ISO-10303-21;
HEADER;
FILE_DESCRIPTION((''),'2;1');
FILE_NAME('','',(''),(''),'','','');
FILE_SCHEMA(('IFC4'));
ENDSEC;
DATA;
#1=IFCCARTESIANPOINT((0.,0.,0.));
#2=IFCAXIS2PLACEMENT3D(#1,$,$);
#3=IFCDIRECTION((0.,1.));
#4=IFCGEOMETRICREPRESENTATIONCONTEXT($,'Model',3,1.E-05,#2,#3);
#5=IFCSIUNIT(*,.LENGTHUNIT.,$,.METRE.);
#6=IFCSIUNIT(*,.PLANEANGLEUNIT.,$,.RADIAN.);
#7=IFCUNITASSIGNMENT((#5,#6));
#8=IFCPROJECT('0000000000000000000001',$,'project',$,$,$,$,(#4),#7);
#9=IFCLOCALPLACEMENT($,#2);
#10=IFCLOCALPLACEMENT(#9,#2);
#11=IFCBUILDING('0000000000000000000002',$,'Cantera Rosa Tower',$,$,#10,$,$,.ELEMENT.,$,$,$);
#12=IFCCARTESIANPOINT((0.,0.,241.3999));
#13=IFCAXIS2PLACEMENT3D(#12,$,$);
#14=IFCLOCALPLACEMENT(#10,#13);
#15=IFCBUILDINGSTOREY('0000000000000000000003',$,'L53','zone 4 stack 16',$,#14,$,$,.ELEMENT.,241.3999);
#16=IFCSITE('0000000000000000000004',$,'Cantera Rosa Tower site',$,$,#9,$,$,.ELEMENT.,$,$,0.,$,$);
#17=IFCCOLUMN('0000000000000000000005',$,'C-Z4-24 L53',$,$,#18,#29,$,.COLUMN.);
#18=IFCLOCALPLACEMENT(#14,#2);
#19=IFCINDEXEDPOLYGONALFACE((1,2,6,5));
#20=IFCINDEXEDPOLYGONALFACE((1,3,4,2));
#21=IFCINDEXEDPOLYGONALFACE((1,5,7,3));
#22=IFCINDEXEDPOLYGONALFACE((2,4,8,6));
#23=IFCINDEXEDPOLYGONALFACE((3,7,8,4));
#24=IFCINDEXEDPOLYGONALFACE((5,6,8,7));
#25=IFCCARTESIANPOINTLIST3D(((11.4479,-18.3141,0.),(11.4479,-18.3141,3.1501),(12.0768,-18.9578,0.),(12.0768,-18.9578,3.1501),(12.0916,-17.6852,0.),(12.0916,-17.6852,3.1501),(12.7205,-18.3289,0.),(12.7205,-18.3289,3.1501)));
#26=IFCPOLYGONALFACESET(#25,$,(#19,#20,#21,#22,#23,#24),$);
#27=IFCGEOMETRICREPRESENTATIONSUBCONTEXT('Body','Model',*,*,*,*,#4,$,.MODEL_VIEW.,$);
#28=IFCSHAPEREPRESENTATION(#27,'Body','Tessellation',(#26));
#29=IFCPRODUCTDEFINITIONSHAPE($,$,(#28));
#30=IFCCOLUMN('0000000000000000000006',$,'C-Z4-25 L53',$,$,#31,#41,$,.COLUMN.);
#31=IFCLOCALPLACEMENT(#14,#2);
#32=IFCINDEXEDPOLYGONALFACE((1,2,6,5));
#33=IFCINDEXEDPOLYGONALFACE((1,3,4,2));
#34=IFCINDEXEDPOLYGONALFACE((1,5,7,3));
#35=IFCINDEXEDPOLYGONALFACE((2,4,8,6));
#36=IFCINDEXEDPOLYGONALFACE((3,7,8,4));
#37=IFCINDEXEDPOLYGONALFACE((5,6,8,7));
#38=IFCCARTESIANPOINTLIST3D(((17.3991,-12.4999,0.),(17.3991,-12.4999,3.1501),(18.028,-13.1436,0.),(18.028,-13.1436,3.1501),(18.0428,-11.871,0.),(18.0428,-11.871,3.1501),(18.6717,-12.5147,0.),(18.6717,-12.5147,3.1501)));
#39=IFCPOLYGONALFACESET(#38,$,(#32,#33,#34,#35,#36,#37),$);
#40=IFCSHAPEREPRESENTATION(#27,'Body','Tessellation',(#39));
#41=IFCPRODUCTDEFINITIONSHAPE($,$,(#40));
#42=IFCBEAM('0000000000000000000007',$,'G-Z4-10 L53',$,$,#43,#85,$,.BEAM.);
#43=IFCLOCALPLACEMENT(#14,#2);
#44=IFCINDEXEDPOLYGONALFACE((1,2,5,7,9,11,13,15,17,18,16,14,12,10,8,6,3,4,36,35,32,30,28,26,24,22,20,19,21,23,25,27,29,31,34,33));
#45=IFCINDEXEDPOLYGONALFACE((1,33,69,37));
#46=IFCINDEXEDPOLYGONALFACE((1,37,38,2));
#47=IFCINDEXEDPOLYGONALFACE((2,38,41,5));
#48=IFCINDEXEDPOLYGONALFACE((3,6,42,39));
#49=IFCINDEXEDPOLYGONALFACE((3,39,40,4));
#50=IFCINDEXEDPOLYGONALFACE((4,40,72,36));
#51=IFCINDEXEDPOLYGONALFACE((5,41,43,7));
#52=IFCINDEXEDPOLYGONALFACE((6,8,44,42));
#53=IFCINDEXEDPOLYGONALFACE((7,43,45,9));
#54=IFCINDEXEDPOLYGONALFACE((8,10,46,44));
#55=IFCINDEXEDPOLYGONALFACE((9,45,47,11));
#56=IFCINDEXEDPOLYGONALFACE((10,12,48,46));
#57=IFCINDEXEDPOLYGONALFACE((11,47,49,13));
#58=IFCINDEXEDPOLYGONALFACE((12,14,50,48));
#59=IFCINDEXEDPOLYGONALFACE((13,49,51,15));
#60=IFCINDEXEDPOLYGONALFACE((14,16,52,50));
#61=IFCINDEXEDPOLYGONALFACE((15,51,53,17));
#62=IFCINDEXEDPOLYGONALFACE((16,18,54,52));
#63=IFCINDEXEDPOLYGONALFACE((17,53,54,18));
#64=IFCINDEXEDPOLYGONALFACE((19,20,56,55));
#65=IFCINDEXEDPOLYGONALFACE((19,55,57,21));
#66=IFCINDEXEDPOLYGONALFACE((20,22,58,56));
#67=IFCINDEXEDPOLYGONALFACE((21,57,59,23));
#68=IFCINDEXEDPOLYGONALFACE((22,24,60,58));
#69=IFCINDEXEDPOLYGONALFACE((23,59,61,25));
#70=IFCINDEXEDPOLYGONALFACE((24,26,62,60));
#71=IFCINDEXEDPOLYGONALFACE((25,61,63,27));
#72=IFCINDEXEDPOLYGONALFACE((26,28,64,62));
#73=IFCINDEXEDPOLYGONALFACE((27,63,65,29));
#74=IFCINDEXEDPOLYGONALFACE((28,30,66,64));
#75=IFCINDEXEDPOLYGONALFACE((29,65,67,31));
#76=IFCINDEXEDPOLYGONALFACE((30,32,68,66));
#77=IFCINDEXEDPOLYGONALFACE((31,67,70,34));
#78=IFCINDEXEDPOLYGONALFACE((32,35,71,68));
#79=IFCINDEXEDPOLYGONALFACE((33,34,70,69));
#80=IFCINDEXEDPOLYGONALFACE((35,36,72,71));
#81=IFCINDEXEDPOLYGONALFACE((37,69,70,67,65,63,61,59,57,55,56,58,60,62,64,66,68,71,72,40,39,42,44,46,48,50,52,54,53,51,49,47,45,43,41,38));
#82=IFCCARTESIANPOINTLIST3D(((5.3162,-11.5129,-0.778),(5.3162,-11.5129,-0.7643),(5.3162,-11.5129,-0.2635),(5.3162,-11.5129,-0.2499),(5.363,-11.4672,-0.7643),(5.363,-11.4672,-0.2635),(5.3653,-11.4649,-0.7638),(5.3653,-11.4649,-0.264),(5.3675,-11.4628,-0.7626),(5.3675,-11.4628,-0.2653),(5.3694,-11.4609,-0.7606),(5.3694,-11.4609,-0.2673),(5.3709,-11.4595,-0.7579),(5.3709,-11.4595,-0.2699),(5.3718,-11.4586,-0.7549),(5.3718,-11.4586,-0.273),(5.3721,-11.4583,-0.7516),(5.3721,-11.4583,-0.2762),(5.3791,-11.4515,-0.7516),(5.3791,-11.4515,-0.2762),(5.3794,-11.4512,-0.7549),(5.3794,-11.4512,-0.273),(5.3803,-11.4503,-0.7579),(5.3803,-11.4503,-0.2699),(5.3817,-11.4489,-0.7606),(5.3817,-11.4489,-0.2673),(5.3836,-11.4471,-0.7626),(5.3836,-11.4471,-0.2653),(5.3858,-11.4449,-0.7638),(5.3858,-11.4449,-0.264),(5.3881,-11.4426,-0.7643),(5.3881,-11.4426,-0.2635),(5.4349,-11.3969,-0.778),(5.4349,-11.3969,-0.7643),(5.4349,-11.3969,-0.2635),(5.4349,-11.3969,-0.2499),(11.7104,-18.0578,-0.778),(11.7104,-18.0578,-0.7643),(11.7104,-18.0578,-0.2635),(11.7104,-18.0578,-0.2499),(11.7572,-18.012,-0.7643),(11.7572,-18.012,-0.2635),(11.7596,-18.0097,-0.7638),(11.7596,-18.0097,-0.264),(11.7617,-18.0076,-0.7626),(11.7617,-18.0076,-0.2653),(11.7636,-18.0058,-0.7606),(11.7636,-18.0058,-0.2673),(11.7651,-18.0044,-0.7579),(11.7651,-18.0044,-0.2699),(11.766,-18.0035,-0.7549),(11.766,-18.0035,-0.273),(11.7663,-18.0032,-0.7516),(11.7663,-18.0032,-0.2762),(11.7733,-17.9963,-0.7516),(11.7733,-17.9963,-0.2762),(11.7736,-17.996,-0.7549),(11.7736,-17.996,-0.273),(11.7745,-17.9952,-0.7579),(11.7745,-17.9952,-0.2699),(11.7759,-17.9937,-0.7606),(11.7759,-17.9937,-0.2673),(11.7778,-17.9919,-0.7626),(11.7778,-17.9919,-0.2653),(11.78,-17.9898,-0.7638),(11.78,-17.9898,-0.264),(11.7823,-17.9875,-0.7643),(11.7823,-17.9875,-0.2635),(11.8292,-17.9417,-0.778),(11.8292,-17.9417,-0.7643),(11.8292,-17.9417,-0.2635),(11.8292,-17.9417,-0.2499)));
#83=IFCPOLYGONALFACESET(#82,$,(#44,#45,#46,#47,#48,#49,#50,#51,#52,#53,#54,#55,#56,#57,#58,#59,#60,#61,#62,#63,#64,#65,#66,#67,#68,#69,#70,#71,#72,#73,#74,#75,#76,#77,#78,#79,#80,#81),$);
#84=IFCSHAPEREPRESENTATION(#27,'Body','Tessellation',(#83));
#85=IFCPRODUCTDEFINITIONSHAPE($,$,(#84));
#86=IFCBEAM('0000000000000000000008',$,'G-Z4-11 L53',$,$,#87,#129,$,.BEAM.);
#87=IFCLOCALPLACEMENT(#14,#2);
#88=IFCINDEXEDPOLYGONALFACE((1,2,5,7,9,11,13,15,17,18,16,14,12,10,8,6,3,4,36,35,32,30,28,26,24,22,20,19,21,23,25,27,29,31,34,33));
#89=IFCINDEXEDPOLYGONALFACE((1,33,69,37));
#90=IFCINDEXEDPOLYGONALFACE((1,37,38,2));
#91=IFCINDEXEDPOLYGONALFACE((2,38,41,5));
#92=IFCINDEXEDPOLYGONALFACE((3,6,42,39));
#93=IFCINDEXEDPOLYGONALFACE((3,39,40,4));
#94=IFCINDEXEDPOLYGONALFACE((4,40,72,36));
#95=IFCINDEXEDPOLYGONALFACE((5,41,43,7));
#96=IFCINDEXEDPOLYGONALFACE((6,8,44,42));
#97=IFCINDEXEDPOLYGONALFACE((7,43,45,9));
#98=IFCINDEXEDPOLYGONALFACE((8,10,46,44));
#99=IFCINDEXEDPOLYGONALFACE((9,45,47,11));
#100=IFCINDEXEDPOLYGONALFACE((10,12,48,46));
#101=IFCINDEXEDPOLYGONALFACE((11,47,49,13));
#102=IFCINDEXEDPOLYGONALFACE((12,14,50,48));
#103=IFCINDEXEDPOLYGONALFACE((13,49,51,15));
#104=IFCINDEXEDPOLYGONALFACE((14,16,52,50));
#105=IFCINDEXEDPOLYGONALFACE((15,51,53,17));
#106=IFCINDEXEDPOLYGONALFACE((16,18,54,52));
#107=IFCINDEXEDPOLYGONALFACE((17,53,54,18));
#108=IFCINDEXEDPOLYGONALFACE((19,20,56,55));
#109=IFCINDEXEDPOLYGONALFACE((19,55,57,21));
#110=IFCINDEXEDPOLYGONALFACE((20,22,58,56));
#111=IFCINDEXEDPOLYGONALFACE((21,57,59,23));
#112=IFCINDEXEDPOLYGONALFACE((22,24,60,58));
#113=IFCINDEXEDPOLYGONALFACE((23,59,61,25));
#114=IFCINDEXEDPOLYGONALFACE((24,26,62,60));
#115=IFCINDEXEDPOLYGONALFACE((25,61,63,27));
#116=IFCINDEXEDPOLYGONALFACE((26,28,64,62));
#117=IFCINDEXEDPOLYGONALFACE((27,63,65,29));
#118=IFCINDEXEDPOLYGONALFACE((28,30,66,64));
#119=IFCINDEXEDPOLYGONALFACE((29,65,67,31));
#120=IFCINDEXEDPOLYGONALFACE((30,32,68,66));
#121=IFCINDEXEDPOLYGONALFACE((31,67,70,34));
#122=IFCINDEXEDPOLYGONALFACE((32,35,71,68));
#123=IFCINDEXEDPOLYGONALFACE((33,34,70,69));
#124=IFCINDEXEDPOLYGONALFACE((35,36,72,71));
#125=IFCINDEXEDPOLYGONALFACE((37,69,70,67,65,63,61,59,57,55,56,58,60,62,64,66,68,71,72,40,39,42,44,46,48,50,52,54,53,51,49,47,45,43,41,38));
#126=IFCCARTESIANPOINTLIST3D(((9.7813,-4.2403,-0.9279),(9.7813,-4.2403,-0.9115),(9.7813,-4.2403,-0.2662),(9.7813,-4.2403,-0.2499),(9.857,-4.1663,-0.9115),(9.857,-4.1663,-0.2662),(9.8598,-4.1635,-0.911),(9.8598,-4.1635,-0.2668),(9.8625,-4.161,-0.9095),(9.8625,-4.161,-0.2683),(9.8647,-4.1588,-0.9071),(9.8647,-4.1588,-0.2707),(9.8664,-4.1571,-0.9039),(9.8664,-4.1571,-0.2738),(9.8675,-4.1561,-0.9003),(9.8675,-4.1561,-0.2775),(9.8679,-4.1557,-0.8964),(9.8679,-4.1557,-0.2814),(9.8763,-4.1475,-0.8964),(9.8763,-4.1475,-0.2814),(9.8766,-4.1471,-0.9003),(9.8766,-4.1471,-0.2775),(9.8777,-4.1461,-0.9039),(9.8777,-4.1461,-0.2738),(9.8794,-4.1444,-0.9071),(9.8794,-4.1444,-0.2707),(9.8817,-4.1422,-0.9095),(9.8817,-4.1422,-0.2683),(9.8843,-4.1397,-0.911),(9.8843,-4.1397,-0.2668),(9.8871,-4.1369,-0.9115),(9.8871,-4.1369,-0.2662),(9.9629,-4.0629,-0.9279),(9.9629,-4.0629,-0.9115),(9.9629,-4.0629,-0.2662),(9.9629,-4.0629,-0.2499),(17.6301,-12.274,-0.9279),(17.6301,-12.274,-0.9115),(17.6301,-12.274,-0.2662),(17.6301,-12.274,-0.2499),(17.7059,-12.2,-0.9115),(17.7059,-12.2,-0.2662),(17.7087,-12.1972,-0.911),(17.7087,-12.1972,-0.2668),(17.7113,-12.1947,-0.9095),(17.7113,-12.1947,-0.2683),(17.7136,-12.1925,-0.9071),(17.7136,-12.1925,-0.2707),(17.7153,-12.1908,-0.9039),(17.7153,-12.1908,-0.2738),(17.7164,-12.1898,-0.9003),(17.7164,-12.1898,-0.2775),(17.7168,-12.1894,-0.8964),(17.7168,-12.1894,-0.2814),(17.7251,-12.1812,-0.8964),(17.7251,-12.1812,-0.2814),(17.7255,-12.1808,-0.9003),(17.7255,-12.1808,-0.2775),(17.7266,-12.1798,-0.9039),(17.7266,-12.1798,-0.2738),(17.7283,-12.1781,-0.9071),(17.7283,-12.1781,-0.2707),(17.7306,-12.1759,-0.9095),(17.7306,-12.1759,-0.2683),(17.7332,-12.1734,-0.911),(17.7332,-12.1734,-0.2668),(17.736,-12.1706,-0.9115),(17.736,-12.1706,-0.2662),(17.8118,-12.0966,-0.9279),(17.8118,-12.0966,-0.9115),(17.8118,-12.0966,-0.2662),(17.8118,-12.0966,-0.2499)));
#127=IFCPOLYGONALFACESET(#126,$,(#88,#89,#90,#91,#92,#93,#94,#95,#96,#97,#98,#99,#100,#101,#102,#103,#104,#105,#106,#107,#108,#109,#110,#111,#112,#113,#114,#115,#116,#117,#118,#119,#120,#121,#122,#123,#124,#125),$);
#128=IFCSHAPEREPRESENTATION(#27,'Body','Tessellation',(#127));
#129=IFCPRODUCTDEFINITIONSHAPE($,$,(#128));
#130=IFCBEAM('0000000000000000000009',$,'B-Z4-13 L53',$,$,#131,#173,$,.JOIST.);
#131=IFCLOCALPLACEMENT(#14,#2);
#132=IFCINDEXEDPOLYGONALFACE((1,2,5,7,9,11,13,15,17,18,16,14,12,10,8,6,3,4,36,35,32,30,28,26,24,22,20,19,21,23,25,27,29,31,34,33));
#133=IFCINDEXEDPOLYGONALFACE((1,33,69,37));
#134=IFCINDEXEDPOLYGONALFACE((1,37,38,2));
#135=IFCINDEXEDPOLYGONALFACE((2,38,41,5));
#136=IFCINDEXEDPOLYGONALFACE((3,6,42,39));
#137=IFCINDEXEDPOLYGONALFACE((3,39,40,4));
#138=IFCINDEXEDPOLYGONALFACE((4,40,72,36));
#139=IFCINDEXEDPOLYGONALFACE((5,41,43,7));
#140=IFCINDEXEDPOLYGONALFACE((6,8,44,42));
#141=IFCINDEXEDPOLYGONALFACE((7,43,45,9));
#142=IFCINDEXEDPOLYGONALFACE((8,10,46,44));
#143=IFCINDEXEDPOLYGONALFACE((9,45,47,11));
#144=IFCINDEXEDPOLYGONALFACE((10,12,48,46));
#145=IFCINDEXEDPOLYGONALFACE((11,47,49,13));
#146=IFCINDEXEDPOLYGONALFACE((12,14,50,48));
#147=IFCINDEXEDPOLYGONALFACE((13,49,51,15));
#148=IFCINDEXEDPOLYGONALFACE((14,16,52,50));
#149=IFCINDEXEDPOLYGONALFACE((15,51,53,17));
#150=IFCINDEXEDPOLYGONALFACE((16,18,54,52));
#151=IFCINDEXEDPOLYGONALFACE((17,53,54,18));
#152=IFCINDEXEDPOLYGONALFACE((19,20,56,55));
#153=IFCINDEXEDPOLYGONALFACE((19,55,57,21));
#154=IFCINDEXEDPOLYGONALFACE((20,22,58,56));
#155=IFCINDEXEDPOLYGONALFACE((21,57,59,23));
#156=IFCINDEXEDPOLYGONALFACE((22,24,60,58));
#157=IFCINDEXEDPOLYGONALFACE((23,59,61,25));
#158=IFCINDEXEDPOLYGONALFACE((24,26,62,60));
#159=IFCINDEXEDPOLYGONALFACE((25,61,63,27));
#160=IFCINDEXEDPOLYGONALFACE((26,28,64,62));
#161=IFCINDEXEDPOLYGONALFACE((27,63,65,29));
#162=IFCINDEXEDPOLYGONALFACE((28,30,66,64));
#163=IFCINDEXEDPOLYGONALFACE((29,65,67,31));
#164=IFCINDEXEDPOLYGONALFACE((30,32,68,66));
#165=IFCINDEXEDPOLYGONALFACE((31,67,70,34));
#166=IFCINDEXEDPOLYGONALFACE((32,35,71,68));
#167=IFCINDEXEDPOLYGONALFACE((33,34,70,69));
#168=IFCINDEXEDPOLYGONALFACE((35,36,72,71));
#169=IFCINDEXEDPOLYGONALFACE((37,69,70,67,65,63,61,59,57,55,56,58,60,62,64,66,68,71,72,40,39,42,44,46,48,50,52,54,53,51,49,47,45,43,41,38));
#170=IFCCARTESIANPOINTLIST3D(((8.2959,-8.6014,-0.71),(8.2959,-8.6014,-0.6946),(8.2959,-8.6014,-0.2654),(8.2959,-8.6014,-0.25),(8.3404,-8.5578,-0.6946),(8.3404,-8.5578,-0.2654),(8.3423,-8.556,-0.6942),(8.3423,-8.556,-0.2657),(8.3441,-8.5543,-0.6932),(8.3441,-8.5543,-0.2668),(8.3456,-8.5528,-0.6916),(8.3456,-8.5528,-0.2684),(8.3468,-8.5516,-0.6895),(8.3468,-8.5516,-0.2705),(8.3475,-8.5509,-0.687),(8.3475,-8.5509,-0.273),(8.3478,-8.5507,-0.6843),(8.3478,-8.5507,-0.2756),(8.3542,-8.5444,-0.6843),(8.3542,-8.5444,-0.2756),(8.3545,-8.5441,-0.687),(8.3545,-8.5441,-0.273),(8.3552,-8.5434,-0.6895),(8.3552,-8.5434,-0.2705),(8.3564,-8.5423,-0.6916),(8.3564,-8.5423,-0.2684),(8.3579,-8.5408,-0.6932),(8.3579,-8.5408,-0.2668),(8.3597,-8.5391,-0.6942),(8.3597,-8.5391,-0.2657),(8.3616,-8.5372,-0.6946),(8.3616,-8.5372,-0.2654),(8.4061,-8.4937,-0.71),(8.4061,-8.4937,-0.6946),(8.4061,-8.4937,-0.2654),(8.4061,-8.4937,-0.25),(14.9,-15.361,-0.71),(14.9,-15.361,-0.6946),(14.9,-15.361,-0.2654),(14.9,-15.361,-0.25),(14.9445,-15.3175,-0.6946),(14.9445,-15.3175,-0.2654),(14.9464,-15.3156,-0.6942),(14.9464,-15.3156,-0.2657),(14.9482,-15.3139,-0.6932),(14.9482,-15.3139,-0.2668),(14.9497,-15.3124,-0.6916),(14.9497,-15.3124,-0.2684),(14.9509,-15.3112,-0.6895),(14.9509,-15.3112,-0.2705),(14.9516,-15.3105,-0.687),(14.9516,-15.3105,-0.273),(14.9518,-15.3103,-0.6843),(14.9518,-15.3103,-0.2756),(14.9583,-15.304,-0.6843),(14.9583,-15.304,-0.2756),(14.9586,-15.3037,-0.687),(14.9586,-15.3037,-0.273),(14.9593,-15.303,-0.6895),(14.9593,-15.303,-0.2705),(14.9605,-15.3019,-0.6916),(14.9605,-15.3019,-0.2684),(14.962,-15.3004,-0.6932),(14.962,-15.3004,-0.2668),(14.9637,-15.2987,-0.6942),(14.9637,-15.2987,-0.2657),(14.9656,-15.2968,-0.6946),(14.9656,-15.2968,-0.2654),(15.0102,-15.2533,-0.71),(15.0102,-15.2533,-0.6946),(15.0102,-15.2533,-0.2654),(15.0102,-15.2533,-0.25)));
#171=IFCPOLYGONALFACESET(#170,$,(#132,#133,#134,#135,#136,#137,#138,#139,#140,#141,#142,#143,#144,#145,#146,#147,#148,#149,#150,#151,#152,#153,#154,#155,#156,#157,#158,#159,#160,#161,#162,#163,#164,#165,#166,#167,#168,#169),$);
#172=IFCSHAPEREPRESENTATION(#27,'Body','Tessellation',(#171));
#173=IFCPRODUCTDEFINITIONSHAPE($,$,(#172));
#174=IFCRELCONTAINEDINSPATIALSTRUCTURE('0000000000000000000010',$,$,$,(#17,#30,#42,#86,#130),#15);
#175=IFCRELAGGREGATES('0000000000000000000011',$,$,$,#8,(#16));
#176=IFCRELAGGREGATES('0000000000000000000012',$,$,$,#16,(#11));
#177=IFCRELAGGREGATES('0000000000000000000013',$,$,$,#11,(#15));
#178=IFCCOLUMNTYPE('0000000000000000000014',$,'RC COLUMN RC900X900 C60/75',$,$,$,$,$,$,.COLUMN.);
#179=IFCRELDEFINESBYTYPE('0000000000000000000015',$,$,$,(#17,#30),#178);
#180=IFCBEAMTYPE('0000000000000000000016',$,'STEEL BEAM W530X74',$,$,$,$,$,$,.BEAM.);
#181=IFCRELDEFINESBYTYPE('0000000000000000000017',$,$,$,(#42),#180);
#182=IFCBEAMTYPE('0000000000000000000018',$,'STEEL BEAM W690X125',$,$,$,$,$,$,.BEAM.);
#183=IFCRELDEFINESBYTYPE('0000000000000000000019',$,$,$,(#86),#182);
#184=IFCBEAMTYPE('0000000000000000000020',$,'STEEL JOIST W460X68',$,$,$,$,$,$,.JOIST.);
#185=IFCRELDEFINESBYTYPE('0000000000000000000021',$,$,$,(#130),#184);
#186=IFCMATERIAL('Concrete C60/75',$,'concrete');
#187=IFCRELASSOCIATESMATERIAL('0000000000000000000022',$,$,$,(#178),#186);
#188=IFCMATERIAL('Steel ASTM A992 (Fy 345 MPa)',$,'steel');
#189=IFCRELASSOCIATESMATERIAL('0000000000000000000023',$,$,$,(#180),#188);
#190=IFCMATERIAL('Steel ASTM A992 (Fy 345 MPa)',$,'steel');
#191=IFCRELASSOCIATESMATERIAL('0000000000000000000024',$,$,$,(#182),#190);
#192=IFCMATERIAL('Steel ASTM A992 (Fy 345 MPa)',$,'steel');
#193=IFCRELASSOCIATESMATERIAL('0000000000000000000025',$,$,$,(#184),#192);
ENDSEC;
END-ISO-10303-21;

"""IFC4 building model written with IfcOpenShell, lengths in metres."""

from ifc_helpers import new_model, si_unit, direction, frame, origin, origin_2d, place, context, subcontext, project, spatial, rectangle, i_section, extrude, material, material_profile, profile_set, type_object, element, save


model = new_model("IFC4")

# Units and contexts
model_context = context("Model", 3, precision=1e-05, world=origin(), true_north=direction((0.0, 1.0)))
body_context = subcontext(model_context, "Body", "Model", "MODEL_VIEW")
ifc_project = project(units=[si_unit("LENGTHUNIT", "METRE"), si_unit("PLANEANGLEUNIT", "RADIAN")], contexts=[model_context])

# Site, building, storey
site_placement = place(None, origin())
site = spatial("IfcSite", under=ifc_project, at=site_placement, Name="Cantera Rosa Tower site", CompositionType="ELEMENT", RefElevation=0.0)
building_placement = place(site_placement, origin())
building = spatial("IfcBuilding", under=site, at=building_placement, Name="Cantera Rosa Tower", CompositionType="ELEMENT")
storey_placement = place(building_placement, frame((0.0, 0.0, 241.3999)))
storey = spatial("IfcBuildingStorey", under=building, at=storey_placement, Name="L53", Description="zone 4 stack 16", CompositionType="ELEMENT", Elevation=241.3999)

# Columns
ifc_material_1 = material(Name="Concrete C60/75", Category="concrete")
ifc_material_profile_1 = material_profile(ifc_material_1, rectangle(XDim=0.8999, YDim=0.8999, at=origin_2d()), Name="RC COLUMN RC900X900 C60/75")
ifc_profile_set_1 = profile_set([ifc_material_profile_1], Name="Concrete C60/75")
column_type = type_object("IfcColumnType", Name="RC COLUMN RC900X900 C60/75", PredefinedType="COLUMN", material=ifc_profile_set_1)
for number, where, z_axis, x_axis, name in (
    (1, (12.0842, -18.3215, 0.0), (0.0, 0.0, 1.0), (0.715286, 0.698832, 0.0), "C-Z4-24 L53"),
    (2, (18.0354, -12.5073, 0.0), (0.0, 0.0, 1.0), (0.715286, 0.698832, 0.0), "C-Z4-25 L53"),
):
    element("IfcColumn", number, at=place(storey_placement, frame(where, z_axis=z_axis, x_axis=x_axis)), inside=storey, type_object=column_type, Name=name, PredefinedType="COLUMN", context=body_context, shape_type="SweptSolid", body=[
        extrude(rectangle(XDim=0.8999, YDim=0.8999, at=origin_2d()), origin(), (0.0, 0.0, 1.0), 3.1501),
    ])

# Beams
ifc_material_2 = material(Name="Steel ASTM A992 (Fy 345 MPa)", Category="steel")
ifc_material_profile_2 = material_profile(ifc_material_2, i_section(OverallWidth=0.166, OverallDepth=0.5281, WebThickness=0.0098, FlangeThickness=0.0137, FilletRadius=0.0127, at=origin_2d()), Name="W530X74")
ifc_profile_set_2 = profile_set([ifc_material_profile_2], Name="Steel ASTM A992 (Fy 345 MPa)")
beam_type_1 = type_object("IfcBeamType", Name="STEEL BEAM W530X74", PredefinedType="BEAM", material=ifc_profile_set_2)
beam_1_placement = place(storey_placement, frame((11.7698, -17.9998, -0.5139), z_axis=(-0.698827, 0.71529, 0.0), x_axis=(-0.71529, -0.698827, 0.0)))
element("IfcBeam", 3, at=beam_1_placement, inside=storey, type_object=beam_type_1, Name="G-Z4-10 L53", PredefinedType="BEAM", context=body_context, shape_type="SweptSolid", body=[
    extrude(i_section(OverallWidth=0.166, OverallDepth=0.5281, WebThickness=0.0098, FlangeThickness=0.0137, FilletRadius=0.0127, at=origin_2d()), origin(), (0.0, 0.0, 1.0), 9.1499),
])
ifc_material_3 = material(Name="Steel ASTM A992 (Fy 345 MPa)", Category="steel")
ifc_material_profile_3 = material_profile(ifc_material_3, i_section(OverallWidth=0.2539, OverallDepth=0.678, WebThickness=0.0117, FlangeThickness=0.0164, FilletRadius=0.0151, at=origin_2d()), Name="W690X125")
ifc_profile_set_3 = profile_set([ifc_material_profile_3], Name="Steel ASTM A992 (Fy 345 MPa)")
beam_type_2 = type_object("IfcBeamType", Name="STEEL BEAM W690X125", PredefinedType="BEAM", material=ifc_profile_set_3)
beam_2_placement = place(storey_placement, frame((17.7209, -12.1853, -0.5889), z_axis=(-0.698831, 0.715286, 0.0), x_axis=(-0.715286, -0.698831, 0.0)))
element("IfcBeam", 4, at=beam_2_placement, inside=storey, type_object=beam_type_2, Name="G-Z4-11 L53", PredefinedType="BEAM", context=body_context, shape_type="SweptSolid", body=[
    extrude(i_section(OverallWidth=0.2539, OverallDepth=0.678, WebThickness=0.0117, FlangeThickness=0.0164, FilletRadius=0.0151, at=origin_2d()), origin(), (0.0, 0.0, 1.0), 11.2314),
])
ifc_material_4 = material(Name="Steel ASTM A992 (Fy 345 MPa)", Category="steel")
ifc_material_profile_4 = material_profile(ifc_material_4, i_section(OverallWidth=0.1541, OverallDepth=0.46, WebThickness=0.009, FlangeThickness=0.0154, FilletRadius=0.0103, at=origin_2d()), Name="W460X68")
ifc_profile_set_4 = profile_set([ifc_material_profile_4], Name="Steel ASTM A992 (Fy 345 MPa)")
beam_type_3 = type_object("IfcBeamType", Name="STEEL JOIST W460X68", PredefinedType="JOIST", material=ifc_profile_set_4)
beam_3_placement = place(storey_placement, frame((14.9551, -15.3071, -0.48), z_axis=(-0.698831, 0.715287, 0.0), x_axis=(-0.715287, -0.698831, 0.0)))
element("IfcBeam", 5, at=beam_3_placement, inside=storey, type_object=beam_type_3, Name="B-Z4-13 L53", PredefinedType="JOIST", context=body_context, shape_type="SweptSolid", body=[
    extrude(i_section(OverallWidth=0.1541, OverallDepth=0.46, WebThickness=0.009, FlangeThickness=0.0154, FilletRadius=0.0103, at=origin_2d()), origin(), (0.0, 0.0, 1.0), 9.4502),
])

save(model, "model.ifc")
